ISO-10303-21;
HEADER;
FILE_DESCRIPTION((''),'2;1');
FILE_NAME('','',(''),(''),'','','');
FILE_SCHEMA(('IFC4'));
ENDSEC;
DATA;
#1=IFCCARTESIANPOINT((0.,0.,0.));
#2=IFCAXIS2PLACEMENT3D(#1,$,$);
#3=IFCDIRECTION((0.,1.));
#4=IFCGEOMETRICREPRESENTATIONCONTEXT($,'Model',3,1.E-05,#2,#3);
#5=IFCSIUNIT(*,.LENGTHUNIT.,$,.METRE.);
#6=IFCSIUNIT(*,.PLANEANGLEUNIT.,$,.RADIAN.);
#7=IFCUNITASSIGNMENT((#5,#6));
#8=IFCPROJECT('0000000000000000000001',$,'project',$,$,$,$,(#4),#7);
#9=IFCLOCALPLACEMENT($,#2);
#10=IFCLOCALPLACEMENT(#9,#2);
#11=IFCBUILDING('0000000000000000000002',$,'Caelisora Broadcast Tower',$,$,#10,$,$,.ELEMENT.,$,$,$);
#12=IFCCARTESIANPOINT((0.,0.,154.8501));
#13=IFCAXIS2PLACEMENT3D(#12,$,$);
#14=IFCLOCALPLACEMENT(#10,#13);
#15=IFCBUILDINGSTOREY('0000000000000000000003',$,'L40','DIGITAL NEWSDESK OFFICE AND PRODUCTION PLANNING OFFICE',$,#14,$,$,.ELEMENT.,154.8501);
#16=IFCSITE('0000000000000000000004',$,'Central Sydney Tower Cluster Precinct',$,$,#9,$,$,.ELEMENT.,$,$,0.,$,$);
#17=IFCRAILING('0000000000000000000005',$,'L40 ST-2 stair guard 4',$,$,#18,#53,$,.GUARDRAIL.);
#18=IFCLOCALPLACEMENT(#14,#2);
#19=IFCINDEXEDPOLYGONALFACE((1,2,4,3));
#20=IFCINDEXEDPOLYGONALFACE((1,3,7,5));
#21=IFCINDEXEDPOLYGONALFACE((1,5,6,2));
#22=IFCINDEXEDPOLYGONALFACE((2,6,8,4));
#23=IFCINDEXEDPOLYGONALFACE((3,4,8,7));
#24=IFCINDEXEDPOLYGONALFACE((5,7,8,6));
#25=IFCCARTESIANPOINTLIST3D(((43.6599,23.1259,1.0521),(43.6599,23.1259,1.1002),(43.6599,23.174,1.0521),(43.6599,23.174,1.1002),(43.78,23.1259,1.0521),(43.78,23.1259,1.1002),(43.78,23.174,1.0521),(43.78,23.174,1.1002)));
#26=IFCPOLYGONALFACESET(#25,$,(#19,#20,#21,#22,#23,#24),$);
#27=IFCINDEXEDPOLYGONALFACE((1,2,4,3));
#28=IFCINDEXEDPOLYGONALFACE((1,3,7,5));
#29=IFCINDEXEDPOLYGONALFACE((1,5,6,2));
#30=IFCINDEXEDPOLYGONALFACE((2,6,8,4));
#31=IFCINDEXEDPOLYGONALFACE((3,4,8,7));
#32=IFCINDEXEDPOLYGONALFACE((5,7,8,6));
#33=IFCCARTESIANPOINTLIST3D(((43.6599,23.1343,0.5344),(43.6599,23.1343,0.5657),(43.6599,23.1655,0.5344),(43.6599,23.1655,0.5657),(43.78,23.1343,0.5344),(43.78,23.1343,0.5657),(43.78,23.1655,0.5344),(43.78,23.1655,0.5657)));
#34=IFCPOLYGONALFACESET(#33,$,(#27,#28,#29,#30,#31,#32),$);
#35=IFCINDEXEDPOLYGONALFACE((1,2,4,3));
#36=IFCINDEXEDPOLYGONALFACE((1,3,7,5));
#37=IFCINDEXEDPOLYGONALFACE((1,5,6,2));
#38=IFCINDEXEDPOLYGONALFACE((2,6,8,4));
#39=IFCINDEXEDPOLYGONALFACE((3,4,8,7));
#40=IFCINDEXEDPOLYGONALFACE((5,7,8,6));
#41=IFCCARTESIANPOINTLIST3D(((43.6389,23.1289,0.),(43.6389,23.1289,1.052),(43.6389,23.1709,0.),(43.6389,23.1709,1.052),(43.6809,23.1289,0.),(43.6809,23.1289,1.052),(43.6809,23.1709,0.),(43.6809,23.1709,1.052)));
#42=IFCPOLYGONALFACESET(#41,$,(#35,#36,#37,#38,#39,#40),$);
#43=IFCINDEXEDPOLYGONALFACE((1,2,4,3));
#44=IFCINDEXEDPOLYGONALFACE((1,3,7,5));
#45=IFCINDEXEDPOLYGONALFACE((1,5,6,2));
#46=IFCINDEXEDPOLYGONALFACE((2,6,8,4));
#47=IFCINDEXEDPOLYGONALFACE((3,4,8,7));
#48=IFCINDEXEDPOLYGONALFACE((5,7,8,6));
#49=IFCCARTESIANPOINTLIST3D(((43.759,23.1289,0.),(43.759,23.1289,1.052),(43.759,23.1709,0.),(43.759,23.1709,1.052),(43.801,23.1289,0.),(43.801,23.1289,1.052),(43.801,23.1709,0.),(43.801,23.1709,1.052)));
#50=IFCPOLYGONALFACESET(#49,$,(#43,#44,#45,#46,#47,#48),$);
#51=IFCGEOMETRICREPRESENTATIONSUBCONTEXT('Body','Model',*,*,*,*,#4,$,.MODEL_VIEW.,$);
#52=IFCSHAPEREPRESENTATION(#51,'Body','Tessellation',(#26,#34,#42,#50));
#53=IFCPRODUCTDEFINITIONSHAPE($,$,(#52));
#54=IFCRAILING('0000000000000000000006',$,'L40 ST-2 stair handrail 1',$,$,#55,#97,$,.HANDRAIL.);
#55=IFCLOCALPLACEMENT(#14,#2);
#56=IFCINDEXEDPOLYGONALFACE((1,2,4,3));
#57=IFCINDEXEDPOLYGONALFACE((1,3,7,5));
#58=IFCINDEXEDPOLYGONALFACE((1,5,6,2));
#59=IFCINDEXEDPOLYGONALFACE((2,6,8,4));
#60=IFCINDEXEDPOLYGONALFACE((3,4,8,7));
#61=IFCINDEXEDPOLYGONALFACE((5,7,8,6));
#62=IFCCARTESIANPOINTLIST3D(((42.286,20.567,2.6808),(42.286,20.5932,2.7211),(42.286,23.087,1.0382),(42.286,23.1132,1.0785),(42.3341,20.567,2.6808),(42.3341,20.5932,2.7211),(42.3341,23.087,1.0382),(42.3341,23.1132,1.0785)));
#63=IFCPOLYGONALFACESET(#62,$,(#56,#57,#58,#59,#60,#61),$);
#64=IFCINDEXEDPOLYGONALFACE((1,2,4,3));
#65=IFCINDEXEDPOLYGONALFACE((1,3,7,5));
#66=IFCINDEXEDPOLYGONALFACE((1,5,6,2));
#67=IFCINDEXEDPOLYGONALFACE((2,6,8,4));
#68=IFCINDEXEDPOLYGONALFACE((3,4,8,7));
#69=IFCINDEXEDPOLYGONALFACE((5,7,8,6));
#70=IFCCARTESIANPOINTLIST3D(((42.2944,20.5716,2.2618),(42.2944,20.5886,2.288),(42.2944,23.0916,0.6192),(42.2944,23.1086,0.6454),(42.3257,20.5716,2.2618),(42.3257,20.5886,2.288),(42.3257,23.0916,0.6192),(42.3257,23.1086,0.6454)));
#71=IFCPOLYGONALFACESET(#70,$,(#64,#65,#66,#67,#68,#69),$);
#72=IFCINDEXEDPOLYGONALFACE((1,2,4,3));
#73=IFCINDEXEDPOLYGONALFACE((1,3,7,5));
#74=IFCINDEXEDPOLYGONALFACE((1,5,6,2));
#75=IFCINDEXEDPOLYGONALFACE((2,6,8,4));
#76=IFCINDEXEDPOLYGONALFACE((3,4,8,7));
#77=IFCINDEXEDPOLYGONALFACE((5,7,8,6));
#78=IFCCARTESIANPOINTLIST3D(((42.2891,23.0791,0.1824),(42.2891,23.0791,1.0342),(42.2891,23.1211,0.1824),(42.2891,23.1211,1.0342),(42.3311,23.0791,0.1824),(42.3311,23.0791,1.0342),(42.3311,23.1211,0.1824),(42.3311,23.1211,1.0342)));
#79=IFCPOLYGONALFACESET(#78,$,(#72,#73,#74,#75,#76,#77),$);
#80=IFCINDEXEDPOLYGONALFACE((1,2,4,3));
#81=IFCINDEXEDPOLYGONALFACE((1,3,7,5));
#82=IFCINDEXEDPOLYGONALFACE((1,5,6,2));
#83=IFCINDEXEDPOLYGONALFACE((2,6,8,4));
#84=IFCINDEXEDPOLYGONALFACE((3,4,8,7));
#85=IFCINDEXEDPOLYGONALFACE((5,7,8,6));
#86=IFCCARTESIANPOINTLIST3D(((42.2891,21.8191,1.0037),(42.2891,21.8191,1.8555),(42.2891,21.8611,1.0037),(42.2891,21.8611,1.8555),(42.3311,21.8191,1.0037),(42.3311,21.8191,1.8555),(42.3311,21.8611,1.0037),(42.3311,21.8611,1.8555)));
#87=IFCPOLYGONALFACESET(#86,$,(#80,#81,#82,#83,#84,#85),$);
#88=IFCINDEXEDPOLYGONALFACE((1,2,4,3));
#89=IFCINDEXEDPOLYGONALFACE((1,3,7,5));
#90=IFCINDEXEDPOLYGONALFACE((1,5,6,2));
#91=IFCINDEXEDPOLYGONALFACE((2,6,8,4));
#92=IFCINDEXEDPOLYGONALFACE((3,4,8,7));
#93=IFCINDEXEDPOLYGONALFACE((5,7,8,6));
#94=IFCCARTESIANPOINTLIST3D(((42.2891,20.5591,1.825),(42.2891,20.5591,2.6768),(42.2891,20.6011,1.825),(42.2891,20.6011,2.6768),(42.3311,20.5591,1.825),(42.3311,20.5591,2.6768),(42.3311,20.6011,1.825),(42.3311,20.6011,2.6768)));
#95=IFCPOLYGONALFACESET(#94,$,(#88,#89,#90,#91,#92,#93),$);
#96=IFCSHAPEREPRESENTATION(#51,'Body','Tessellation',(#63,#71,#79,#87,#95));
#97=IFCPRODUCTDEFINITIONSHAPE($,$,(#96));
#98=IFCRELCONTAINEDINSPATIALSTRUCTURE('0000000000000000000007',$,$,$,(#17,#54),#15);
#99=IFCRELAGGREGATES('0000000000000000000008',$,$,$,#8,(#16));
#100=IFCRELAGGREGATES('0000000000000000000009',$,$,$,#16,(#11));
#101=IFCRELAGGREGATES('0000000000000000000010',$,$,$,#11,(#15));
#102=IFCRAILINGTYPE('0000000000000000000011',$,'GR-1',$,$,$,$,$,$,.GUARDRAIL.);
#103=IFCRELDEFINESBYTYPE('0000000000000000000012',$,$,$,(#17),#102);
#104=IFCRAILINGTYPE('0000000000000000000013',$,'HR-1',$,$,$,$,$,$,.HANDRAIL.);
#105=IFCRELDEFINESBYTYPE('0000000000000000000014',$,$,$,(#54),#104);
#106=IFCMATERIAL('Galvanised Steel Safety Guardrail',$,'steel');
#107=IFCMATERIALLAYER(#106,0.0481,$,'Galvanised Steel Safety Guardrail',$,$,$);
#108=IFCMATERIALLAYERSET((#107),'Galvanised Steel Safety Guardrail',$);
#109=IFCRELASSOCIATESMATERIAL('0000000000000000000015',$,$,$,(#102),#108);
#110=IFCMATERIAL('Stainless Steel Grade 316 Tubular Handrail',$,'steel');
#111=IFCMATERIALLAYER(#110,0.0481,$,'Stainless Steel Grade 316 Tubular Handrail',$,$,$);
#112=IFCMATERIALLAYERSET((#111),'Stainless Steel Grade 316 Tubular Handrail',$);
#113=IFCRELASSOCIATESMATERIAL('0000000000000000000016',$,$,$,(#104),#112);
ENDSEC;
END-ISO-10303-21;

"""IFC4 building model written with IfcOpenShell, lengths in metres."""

from ifc_helpers import new_model, si_unit, direction, frame, origin, origin_2d, place, context, subcontext, project, spatial, rectangle, extrude, material, layer, layer_set, type_object, element, save


model = new_model("IFC4")

# Units and contexts
model_context = context("Model", 3, precision=1e-05, world=origin(), true_north=direction((0.0, 1.0)))
body_context = subcontext(model_context, "Body", "Model", "MODEL_VIEW")
ifc_project = project(units=[si_unit("LENGTHUNIT", "METRE"), si_unit("PLANEANGLEUNIT", "RADIAN")], contexts=[model_context])

# Site, building, storey
site_placement = place(None, origin())
site = spatial("IfcSite", under=ifc_project, at=site_placement, Name="Central Sydney Tower Cluster Precinct", CompositionType="ELEMENT", RefElevation=0.0)
building_placement = place(site_placement, origin())
building = spatial("IfcBuilding", under=site, at=building_placement, Name="Caelisora Broadcast Tower", CompositionType="ELEMENT")
storey_placement = place(building_placement, frame((0.0, 0.0, 154.8501)))
storey = spatial("IfcBuildingStorey", under=building, at=storey_placement, Name="L40", Description="DIGITAL NEWSDESK OFFICE AND PRODUCTION PLANNING OFFICE", CompositionType="ELEMENT", Elevation=154.8501)

# Railings
ifc_material_1 = material(Name="Galvanised Steel Safety Guardrail", Category="steel")
ifc_layer_1 = layer(ifc_material_1, 0.0481, Name="Galvanised Steel Safety Guardrail")
ifc_layer_set_1 = layer_set([ifc_layer_1], Name="Galvanised Steel Safety Guardrail")
railing_type_1 = type_object("IfcRailingType", Name="GR-1", PredefinedType="GUARDRAIL", material=ifc_layer_set_1)
railing_1_placement = place(storey_placement, frame((43.6599, 23.1499, 0.0)))
element("IfcRailing", 1, at=railing_1_placement, inside=storey, type_object=railing_type_1, Name="L40 ST-2 stair guard 4", PredefinedType="GUARDRAIL", context=body_context, shape_type="SweptSolid", body=[
    extrude(rectangle(XDim=0.0481, YDim=0.0481, at=origin_2d()), frame((0.0, 0.0, 1.0762), z_axis=(1.0, 0.0, 0.0), x_axis=(0.0, 1.0, 0.0)), (0.0, 0.0, 1.0), 0.1201),
    extrude(rectangle(XDim=0.0312, YDim=0.0312, at=origin_2d()), frame((0.0, 0.0, 0.55), z_axis=(1.0, 0.0, 0.0), x_axis=(0.0, 1.0, 0.0)), (0.0, 0.0, 1.0), 0.1201),
    extrude(rectangle(XDim=0.042, YDim=0.042, at=origin_2d()), origin(), (0.0, 0.0, 1.0), 1.052),
    extrude(rectangle(XDim=0.042, YDim=0.042, at=origin_2d()), frame((0.1201, 0.0, 0.0)), (0.0, 0.0, 1.0), 1.052),
])
ifc_material_2 = material(Name="Stainless Steel Grade 316 Tubular Handrail", Category="steel")
ifc_layer_2 = layer(ifc_material_2, 0.0481, Name="Stainless Steel Grade 316 Tubular Handrail")
ifc_layer_set_2 = layer_set([ifc_layer_2], Name="Stainless Steel Grade 316 Tubular Handrail")
railing_type_2 = type_object("IfcRailingType", Name="HR-1", PredefinedType="HANDRAIL", material=ifc_layer_set_2)
railing_2_placement = place(storey_placement, frame((42.3101, 23.1001, 0.1824)))
element("IfcRailing", 2, at=railing_2_placement, inside=storey, type_object=railing_type_2, Name="L40 ST-2 stair handrail 1", PredefinedType="HANDRAIL", context=body_context, shape_type="SweptSolid", body=[
    extrude(rectangle(XDim=0.0481, YDim=0.0481, at=origin_2d()), frame((0.0, 0.0, 0.876), z_axis=(0.0, -0.837749, 0.546055), x_axis=(1.0, 0.0, 0.0)), (0.0, 0.0, 1.0), 3.0081),
    extrude(rectangle(XDim=0.0312, YDim=0.0312, at=origin_2d()), frame((0.0, 0.0, 0.45), z_axis=(0.0, -0.837749, 0.546055), x_axis=(1.0, 0.0, 0.0)), (0.0, 0.0, 1.0), 3.0081),
    extrude(rectangle(XDim=0.042, YDim=0.042, at=origin_2d()), origin(), (0.0, 0.0, 1.0), 0.8518),
    extrude(rectangle(XDim=0.042, YDim=0.042, at=origin_2d()), frame((0.0, -1.26, 0.8213)), (0.0, 0.0, 1.0), 0.8518),
    extrude(rectangle(XDim=0.042, YDim=0.042, at=origin_2d()), frame((0.0, -2.52, 1.6426)), (0.0, 0.0, 1.0), 0.8518),
])

save(model, "model.ifc")
